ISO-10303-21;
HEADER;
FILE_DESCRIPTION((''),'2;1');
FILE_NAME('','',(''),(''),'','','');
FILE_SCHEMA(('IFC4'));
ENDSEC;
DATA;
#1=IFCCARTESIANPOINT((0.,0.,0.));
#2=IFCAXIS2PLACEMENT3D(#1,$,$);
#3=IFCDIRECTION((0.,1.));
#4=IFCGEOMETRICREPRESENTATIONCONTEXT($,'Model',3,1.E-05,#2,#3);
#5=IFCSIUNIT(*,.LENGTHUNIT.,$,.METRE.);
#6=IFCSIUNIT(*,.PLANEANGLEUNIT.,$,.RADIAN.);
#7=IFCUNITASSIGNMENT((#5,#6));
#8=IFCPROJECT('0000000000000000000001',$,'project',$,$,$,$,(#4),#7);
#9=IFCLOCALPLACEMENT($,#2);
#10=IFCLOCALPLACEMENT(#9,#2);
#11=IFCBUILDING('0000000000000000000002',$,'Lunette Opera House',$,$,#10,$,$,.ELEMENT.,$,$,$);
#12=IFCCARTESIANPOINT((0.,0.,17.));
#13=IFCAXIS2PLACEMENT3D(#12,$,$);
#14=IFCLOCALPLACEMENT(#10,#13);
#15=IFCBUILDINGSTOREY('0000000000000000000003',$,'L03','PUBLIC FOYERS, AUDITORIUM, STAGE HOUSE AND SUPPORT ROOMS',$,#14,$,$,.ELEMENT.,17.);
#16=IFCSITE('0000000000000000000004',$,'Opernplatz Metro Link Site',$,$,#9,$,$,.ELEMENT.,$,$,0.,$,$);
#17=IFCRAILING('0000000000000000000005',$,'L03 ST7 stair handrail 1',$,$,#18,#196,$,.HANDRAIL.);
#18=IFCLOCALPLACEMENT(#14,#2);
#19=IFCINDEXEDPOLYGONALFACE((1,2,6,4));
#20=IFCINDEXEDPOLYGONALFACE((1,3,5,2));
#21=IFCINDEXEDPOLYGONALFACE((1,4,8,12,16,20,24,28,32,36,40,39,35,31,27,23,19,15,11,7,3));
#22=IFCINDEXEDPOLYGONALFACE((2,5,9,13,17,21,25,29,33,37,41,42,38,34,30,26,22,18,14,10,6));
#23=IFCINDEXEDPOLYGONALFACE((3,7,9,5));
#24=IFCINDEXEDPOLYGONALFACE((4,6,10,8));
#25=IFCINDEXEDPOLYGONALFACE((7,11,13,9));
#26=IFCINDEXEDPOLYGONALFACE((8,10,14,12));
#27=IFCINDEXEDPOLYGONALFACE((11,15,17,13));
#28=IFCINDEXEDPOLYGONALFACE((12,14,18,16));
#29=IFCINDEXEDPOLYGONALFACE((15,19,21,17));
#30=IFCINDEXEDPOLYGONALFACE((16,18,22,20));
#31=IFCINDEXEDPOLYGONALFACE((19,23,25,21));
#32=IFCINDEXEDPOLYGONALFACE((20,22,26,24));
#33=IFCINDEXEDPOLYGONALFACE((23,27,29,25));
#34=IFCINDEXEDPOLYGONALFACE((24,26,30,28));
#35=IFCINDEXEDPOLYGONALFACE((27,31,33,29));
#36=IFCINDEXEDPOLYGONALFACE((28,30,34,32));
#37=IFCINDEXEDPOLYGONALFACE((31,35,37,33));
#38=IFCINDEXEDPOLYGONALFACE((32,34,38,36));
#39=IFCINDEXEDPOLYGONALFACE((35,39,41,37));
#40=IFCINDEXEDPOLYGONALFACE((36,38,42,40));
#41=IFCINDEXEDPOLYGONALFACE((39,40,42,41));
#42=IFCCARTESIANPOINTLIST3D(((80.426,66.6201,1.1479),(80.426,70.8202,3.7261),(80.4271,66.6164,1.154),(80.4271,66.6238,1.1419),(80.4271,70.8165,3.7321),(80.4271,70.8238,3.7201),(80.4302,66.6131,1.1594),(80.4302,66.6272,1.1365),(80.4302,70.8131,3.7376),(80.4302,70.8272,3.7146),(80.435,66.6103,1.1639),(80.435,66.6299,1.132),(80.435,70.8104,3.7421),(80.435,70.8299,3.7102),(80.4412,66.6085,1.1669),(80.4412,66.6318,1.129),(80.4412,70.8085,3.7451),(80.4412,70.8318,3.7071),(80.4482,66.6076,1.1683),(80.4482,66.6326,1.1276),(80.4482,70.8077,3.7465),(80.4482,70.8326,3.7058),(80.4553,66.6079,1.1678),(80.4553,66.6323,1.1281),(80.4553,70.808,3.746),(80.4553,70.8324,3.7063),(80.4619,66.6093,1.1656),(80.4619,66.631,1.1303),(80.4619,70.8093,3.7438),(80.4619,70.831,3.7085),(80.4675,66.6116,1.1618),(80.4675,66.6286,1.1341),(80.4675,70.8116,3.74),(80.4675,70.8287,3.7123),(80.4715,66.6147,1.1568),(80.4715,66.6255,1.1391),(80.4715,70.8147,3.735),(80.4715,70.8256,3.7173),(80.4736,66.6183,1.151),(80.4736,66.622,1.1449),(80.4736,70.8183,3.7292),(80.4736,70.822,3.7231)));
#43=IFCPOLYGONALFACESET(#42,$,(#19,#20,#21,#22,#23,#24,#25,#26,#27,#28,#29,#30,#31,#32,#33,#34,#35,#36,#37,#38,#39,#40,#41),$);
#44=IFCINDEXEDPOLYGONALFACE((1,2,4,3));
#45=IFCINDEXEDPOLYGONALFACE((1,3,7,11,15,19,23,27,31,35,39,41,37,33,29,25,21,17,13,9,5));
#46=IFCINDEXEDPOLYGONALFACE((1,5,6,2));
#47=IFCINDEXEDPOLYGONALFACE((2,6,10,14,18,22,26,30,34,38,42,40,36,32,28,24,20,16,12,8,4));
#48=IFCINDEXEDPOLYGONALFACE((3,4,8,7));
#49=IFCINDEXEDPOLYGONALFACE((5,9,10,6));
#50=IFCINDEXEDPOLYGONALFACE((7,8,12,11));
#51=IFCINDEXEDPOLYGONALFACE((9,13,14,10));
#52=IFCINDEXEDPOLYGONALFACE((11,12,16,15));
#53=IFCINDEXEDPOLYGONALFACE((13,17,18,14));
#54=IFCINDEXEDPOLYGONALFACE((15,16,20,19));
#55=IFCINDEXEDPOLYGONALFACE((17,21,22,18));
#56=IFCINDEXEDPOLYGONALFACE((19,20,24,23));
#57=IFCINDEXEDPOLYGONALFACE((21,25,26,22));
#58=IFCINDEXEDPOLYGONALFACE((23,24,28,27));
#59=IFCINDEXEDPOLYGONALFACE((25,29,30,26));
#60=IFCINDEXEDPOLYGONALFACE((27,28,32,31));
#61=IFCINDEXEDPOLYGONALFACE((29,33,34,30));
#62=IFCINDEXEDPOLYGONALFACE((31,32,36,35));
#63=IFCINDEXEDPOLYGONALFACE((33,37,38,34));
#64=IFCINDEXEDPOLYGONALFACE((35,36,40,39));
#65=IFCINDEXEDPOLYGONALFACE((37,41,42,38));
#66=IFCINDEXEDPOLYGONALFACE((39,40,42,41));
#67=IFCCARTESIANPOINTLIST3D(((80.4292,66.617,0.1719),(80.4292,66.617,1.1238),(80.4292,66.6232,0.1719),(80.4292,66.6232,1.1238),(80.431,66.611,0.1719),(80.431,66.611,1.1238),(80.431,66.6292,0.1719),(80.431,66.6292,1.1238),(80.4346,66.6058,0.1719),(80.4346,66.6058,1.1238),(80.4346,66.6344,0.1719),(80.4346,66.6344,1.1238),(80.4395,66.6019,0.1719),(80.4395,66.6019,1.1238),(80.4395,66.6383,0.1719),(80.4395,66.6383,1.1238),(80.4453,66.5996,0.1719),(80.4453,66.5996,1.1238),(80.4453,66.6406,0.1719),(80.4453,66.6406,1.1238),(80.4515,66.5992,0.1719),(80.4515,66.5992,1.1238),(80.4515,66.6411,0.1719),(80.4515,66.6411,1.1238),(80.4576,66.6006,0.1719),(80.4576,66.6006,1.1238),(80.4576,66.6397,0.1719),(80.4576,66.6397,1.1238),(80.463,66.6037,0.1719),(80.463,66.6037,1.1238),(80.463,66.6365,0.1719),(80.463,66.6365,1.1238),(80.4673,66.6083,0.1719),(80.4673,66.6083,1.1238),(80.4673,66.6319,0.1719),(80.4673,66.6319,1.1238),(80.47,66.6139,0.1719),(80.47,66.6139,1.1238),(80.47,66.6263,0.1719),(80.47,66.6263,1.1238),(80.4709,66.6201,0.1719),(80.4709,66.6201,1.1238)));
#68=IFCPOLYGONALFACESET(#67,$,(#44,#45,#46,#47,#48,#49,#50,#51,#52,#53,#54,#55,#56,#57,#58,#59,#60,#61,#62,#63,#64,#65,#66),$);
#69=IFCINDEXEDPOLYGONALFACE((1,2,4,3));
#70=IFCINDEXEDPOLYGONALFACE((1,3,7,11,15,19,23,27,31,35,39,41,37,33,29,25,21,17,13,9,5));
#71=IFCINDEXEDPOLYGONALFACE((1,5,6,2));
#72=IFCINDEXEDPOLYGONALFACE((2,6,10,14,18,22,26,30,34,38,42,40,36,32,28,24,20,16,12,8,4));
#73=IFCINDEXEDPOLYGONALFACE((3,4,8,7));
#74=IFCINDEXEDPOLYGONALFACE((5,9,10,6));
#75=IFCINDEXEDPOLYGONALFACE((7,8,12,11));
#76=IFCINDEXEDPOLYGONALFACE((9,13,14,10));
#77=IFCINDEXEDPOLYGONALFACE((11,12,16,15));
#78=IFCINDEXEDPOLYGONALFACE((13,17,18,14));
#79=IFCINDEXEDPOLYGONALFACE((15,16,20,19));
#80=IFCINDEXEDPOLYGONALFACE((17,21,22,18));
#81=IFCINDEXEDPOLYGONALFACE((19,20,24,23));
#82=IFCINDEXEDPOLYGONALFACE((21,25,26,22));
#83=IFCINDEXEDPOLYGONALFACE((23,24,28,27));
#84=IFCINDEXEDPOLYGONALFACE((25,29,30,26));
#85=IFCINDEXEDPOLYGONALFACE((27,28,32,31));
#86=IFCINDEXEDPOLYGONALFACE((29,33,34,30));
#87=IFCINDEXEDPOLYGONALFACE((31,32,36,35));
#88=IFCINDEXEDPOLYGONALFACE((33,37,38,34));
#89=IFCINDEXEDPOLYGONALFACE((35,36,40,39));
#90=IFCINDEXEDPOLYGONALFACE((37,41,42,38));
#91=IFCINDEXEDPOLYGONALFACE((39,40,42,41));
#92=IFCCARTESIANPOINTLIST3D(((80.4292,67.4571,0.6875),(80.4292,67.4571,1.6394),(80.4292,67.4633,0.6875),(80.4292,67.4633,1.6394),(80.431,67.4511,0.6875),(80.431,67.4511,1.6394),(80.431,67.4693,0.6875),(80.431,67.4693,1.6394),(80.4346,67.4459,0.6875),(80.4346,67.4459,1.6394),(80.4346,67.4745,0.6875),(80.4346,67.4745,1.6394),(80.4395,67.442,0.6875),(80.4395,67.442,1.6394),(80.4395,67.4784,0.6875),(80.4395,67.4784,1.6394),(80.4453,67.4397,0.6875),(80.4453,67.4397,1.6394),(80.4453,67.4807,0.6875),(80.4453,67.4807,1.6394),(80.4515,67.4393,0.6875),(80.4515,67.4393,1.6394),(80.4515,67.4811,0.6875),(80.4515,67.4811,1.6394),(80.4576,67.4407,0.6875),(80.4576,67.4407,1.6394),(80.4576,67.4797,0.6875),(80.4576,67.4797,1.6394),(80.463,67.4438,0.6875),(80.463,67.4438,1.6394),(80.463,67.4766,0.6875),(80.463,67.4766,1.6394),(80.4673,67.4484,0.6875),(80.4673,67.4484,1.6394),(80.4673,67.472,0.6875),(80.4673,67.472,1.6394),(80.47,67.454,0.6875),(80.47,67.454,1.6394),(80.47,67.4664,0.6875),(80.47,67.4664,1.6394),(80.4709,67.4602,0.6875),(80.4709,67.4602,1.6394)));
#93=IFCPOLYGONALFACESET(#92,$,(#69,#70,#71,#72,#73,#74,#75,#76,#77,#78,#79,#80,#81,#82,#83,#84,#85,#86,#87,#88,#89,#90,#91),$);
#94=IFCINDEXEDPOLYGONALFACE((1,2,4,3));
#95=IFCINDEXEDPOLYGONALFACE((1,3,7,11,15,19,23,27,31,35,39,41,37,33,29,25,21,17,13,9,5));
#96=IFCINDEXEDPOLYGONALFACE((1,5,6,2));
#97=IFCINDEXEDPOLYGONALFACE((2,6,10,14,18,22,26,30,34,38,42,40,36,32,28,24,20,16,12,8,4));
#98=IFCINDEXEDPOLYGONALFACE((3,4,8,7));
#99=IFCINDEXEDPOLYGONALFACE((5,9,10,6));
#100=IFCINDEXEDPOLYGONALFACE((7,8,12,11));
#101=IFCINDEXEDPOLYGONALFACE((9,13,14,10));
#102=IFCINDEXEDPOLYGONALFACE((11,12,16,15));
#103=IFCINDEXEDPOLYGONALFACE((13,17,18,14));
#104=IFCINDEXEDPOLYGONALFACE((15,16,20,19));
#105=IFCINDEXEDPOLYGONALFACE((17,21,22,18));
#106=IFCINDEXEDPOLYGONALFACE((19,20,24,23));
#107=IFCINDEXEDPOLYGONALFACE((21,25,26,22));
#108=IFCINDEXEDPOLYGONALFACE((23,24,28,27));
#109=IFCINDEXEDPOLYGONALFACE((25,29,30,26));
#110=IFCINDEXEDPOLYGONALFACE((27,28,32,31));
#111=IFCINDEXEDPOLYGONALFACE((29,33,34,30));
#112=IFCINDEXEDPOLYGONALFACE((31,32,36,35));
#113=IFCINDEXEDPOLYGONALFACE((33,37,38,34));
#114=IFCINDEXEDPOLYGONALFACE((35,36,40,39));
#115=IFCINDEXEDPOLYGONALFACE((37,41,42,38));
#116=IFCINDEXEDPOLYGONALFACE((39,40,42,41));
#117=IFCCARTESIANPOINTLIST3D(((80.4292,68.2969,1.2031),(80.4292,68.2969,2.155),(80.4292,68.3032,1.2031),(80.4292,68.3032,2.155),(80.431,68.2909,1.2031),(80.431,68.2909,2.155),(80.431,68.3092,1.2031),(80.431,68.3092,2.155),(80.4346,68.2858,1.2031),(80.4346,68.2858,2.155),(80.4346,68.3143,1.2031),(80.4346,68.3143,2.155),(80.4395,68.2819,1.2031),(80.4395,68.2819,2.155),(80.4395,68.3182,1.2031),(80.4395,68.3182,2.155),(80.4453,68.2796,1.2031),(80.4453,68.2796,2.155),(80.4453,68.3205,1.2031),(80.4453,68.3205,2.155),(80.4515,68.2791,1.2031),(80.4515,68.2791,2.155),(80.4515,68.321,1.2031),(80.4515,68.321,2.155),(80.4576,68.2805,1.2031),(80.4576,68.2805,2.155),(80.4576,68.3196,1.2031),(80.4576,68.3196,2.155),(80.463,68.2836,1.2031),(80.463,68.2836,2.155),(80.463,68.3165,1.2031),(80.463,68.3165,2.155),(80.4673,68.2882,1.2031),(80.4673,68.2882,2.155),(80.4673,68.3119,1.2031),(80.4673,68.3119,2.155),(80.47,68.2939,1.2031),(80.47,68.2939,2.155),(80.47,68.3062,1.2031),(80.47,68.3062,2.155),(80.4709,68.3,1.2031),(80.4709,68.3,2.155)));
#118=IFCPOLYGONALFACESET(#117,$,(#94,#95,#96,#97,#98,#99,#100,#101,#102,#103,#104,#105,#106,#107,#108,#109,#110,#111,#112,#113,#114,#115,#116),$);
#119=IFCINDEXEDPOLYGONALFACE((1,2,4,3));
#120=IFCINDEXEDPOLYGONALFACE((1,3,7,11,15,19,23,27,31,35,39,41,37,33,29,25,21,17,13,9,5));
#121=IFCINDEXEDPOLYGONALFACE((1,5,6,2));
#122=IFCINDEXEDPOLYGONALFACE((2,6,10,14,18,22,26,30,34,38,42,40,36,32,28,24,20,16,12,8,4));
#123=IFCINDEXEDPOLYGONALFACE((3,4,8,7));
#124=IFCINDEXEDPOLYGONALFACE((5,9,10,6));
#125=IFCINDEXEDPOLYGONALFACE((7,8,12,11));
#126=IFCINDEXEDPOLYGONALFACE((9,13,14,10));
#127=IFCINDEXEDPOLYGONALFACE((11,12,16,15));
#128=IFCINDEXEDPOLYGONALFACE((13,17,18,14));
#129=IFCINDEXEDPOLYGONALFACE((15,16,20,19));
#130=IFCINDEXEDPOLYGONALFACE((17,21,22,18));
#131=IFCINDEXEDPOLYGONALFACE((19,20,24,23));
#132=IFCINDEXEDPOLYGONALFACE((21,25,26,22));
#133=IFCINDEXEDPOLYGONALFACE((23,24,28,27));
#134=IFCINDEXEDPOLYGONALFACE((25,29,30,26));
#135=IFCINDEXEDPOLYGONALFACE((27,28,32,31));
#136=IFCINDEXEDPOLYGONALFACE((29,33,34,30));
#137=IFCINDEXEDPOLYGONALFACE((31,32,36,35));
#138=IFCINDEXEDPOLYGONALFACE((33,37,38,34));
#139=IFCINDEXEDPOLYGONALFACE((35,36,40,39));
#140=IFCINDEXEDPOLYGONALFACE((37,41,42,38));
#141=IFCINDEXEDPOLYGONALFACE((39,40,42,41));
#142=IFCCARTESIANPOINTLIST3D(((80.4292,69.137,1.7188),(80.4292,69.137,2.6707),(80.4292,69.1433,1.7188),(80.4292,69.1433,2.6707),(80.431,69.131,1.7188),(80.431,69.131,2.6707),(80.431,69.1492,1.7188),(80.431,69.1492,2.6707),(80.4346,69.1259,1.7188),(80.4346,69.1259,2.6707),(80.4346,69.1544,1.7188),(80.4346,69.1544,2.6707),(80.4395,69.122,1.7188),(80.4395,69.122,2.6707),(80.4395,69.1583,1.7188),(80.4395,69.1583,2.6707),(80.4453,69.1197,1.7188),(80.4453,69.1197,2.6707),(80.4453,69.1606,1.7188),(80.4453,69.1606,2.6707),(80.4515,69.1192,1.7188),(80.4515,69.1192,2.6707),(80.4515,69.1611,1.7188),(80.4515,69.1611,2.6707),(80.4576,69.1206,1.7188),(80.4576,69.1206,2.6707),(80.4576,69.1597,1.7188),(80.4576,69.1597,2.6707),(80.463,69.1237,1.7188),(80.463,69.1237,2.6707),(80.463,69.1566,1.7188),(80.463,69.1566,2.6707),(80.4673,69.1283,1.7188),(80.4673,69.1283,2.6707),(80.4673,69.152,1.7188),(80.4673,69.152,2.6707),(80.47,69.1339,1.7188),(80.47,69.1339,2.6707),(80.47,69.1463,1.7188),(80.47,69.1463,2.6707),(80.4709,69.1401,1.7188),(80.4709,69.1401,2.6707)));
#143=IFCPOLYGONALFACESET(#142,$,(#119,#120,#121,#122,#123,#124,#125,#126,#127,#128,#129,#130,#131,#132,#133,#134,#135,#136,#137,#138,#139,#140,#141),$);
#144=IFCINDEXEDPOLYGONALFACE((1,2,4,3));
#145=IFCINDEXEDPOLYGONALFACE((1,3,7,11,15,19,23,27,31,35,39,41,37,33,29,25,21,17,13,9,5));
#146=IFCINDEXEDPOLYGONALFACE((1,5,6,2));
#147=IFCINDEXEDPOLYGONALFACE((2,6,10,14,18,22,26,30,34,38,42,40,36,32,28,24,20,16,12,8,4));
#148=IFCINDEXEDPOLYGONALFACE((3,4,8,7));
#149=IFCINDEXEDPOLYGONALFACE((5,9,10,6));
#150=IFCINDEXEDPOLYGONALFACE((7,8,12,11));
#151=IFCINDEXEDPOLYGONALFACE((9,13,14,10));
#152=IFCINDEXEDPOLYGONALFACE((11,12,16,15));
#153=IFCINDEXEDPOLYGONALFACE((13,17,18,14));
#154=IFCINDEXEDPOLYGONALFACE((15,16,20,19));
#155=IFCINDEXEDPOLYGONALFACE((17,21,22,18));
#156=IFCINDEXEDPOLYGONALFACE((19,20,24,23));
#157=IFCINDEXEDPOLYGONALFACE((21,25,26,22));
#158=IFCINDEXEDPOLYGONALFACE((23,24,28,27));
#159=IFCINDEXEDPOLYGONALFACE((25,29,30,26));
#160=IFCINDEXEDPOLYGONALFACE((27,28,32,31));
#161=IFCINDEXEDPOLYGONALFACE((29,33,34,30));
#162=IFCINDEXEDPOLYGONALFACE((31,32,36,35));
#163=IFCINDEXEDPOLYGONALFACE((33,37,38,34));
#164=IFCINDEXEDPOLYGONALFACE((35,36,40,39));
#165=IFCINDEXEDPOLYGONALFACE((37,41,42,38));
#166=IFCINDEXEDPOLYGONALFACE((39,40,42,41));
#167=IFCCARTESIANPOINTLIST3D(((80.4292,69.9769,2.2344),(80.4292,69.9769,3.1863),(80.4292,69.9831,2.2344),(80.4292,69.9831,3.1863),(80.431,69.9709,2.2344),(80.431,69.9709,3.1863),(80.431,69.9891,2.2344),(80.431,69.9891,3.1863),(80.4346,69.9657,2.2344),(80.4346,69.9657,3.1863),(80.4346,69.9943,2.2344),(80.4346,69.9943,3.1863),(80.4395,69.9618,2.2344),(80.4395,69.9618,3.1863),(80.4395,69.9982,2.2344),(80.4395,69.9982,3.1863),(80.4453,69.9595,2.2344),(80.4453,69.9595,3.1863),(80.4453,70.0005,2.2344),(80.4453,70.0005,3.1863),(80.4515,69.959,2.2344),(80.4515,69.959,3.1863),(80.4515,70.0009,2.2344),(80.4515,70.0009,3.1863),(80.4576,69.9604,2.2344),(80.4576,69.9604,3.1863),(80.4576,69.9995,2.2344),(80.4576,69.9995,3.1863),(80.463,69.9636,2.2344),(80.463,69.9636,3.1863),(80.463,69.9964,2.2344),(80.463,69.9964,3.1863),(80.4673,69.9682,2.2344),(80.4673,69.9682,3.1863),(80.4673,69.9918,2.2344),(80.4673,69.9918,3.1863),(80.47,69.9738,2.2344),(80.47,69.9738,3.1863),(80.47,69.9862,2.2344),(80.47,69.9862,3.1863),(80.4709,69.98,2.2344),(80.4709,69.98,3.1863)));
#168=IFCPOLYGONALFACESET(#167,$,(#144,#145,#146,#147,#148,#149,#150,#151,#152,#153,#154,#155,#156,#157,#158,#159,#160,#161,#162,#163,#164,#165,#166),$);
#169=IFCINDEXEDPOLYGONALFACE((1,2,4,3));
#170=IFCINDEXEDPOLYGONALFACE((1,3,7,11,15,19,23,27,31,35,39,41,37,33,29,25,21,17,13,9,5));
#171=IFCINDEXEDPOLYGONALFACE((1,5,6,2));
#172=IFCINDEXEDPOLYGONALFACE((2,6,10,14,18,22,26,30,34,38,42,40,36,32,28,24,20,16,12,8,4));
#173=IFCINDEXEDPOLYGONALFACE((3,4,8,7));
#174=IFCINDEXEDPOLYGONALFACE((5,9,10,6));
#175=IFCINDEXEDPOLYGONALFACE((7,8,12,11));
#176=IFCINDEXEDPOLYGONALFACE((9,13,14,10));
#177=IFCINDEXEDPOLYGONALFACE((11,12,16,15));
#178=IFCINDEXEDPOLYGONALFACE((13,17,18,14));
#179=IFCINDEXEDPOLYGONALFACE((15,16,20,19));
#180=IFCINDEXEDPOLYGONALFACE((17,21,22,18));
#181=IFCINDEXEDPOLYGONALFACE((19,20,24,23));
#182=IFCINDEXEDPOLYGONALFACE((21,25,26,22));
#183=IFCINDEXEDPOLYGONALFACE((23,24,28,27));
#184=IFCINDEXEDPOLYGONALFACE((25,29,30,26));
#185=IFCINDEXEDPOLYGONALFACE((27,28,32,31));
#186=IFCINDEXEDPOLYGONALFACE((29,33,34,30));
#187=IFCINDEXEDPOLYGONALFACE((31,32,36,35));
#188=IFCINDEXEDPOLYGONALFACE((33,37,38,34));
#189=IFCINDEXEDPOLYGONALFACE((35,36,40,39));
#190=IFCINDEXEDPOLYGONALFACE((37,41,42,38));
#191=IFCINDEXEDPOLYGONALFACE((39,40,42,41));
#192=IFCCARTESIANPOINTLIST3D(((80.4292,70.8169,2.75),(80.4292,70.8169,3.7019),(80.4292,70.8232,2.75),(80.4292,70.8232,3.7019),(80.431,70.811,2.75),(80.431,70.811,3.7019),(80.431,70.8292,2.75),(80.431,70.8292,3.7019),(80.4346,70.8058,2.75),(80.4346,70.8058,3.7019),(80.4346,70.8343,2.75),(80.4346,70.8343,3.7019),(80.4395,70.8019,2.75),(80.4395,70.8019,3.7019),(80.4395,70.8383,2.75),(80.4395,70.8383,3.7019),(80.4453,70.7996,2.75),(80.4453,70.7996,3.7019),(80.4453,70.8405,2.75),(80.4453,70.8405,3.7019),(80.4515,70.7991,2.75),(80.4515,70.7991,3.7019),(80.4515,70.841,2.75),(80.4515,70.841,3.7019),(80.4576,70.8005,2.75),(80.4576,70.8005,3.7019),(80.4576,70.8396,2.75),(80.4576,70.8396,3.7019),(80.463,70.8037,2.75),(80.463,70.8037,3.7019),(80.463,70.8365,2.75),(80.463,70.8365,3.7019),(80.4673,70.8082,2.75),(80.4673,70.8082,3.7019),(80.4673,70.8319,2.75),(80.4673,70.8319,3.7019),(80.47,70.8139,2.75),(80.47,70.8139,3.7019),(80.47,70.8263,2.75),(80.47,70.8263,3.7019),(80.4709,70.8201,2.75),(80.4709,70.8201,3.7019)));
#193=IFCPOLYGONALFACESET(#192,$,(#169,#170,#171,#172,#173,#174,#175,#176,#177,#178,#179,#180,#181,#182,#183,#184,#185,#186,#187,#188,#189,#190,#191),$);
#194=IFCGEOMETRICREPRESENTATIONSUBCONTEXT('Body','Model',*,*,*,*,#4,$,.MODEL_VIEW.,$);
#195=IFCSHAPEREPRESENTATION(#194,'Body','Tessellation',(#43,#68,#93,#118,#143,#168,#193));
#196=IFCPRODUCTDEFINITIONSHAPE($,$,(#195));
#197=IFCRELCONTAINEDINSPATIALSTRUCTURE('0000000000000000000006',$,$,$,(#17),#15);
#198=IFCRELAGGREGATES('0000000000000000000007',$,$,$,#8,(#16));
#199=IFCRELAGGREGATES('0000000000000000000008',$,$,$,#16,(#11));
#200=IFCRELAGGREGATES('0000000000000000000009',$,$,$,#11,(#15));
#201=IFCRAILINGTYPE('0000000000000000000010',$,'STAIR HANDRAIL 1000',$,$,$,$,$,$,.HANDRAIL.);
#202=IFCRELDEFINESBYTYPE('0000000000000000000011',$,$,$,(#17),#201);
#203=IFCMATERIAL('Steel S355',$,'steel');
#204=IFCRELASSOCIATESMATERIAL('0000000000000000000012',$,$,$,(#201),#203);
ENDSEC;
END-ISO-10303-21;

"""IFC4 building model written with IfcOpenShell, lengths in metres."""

from ifc_helpers import new_model, si_unit, direction, frame, origin, origin_2d, place, context, subcontext, project, spatial, circle, extrude, material, type_object, element, save


model = new_model("IFC4")

# Units and contexts
model_context = context("Model", 3, precision=1e-05, world=origin(), true_north=direction((0.0, 1.0)))
body_context = subcontext(model_context, "Body", "Model", "MODEL_VIEW")
ifc_project = project(units=[si_unit("LENGTHUNIT", "METRE"), si_unit("PLANEANGLEUNIT", "RADIAN")], contexts=[model_context])

# Site, building, storey
site_placement = place(None, origin())
site = spatial("IfcSite", under=ifc_project, at=site_placement, Name="Opernplatz Metro Link Site", CompositionType="ELEMENT", RefElevation=0.0)
building_placement = place(site_placement, origin())
building = spatial("IfcBuilding", under=site, at=building_placement, Name="Lunette Opera House", CompositionType="ELEMENT")
storey_placement = place(building_placement, frame((0.0, 0.0, 17.0)))
storey = spatial("IfcBuildingStorey", under=building, at=storey_placement, Name="L03", Description="PUBLIC FOYERS, AUDITORIUM, STAGE HOUSE AND SUPPORT ROOMS", CompositionType="ELEMENT", Elevation=17.0)

# Railing
ifc_material_1 = material(Name="Steel S355", Category="steel")
railing_type_1 = type_object("IfcRailingType", Name="STAIR HANDRAIL 1000", PredefinedType="HANDRAIL", material=ifc_material_1)
railing_1_placement = place(storey_placement, frame((80.45, 66.6201, 0.1719)))
element("IfcRailing", 1, at=railing_1_placement, inside=storey, type_object=railing_type_1, Name="L03 ST7 stair handrail 1", PredefinedType="HANDRAIL", context=body_context, shape_type="SweptSolid", body=[
    extrude(circle(Radius=0.0239, at=origin_2d()), frame((0.0, 0.0, 0.9761), z_axis=(0.0, 0.852243, 0.523146), x_axis=(-1.0, 0.0, 0.0)), (0.0, 0.0, 1.0), 4.9282),
    extrude(circle(Radius=0.021, at=origin_2d()), origin(), (0.0, 0.0, 1.0), 0.9519),
    extrude(circle(Radius=0.021, at=origin_2d()), frame((0.0, 0.8401, 0.5156)), (0.0, 0.0, 1.0), 0.9519),
    extrude(circle(Radius=0.021, at=origin_2d()), frame((0.0, 1.6799, 1.0312)), (0.0, 0.0, 1.0), 0.9519),
    extrude(circle(Radius=0.021, at=origin_2d()), frame((0.0, 2.52, 1.5469)), (0.0, 0.0, 1.0), 0.9519),
    extrude(circle(Radius=0.021, at=origin_2d()), frame((0.0, 3.3599, 2.0625)), (0.0, 0.0, 1.0), 0.9519),
    extrude(circle(Radius=0.021, at=origin_2d()), frame((0.0, 4.2, 2.5781)), (0.0, 0.0, 1.0), 0.9519),
])

save(model, "model.ifc")
